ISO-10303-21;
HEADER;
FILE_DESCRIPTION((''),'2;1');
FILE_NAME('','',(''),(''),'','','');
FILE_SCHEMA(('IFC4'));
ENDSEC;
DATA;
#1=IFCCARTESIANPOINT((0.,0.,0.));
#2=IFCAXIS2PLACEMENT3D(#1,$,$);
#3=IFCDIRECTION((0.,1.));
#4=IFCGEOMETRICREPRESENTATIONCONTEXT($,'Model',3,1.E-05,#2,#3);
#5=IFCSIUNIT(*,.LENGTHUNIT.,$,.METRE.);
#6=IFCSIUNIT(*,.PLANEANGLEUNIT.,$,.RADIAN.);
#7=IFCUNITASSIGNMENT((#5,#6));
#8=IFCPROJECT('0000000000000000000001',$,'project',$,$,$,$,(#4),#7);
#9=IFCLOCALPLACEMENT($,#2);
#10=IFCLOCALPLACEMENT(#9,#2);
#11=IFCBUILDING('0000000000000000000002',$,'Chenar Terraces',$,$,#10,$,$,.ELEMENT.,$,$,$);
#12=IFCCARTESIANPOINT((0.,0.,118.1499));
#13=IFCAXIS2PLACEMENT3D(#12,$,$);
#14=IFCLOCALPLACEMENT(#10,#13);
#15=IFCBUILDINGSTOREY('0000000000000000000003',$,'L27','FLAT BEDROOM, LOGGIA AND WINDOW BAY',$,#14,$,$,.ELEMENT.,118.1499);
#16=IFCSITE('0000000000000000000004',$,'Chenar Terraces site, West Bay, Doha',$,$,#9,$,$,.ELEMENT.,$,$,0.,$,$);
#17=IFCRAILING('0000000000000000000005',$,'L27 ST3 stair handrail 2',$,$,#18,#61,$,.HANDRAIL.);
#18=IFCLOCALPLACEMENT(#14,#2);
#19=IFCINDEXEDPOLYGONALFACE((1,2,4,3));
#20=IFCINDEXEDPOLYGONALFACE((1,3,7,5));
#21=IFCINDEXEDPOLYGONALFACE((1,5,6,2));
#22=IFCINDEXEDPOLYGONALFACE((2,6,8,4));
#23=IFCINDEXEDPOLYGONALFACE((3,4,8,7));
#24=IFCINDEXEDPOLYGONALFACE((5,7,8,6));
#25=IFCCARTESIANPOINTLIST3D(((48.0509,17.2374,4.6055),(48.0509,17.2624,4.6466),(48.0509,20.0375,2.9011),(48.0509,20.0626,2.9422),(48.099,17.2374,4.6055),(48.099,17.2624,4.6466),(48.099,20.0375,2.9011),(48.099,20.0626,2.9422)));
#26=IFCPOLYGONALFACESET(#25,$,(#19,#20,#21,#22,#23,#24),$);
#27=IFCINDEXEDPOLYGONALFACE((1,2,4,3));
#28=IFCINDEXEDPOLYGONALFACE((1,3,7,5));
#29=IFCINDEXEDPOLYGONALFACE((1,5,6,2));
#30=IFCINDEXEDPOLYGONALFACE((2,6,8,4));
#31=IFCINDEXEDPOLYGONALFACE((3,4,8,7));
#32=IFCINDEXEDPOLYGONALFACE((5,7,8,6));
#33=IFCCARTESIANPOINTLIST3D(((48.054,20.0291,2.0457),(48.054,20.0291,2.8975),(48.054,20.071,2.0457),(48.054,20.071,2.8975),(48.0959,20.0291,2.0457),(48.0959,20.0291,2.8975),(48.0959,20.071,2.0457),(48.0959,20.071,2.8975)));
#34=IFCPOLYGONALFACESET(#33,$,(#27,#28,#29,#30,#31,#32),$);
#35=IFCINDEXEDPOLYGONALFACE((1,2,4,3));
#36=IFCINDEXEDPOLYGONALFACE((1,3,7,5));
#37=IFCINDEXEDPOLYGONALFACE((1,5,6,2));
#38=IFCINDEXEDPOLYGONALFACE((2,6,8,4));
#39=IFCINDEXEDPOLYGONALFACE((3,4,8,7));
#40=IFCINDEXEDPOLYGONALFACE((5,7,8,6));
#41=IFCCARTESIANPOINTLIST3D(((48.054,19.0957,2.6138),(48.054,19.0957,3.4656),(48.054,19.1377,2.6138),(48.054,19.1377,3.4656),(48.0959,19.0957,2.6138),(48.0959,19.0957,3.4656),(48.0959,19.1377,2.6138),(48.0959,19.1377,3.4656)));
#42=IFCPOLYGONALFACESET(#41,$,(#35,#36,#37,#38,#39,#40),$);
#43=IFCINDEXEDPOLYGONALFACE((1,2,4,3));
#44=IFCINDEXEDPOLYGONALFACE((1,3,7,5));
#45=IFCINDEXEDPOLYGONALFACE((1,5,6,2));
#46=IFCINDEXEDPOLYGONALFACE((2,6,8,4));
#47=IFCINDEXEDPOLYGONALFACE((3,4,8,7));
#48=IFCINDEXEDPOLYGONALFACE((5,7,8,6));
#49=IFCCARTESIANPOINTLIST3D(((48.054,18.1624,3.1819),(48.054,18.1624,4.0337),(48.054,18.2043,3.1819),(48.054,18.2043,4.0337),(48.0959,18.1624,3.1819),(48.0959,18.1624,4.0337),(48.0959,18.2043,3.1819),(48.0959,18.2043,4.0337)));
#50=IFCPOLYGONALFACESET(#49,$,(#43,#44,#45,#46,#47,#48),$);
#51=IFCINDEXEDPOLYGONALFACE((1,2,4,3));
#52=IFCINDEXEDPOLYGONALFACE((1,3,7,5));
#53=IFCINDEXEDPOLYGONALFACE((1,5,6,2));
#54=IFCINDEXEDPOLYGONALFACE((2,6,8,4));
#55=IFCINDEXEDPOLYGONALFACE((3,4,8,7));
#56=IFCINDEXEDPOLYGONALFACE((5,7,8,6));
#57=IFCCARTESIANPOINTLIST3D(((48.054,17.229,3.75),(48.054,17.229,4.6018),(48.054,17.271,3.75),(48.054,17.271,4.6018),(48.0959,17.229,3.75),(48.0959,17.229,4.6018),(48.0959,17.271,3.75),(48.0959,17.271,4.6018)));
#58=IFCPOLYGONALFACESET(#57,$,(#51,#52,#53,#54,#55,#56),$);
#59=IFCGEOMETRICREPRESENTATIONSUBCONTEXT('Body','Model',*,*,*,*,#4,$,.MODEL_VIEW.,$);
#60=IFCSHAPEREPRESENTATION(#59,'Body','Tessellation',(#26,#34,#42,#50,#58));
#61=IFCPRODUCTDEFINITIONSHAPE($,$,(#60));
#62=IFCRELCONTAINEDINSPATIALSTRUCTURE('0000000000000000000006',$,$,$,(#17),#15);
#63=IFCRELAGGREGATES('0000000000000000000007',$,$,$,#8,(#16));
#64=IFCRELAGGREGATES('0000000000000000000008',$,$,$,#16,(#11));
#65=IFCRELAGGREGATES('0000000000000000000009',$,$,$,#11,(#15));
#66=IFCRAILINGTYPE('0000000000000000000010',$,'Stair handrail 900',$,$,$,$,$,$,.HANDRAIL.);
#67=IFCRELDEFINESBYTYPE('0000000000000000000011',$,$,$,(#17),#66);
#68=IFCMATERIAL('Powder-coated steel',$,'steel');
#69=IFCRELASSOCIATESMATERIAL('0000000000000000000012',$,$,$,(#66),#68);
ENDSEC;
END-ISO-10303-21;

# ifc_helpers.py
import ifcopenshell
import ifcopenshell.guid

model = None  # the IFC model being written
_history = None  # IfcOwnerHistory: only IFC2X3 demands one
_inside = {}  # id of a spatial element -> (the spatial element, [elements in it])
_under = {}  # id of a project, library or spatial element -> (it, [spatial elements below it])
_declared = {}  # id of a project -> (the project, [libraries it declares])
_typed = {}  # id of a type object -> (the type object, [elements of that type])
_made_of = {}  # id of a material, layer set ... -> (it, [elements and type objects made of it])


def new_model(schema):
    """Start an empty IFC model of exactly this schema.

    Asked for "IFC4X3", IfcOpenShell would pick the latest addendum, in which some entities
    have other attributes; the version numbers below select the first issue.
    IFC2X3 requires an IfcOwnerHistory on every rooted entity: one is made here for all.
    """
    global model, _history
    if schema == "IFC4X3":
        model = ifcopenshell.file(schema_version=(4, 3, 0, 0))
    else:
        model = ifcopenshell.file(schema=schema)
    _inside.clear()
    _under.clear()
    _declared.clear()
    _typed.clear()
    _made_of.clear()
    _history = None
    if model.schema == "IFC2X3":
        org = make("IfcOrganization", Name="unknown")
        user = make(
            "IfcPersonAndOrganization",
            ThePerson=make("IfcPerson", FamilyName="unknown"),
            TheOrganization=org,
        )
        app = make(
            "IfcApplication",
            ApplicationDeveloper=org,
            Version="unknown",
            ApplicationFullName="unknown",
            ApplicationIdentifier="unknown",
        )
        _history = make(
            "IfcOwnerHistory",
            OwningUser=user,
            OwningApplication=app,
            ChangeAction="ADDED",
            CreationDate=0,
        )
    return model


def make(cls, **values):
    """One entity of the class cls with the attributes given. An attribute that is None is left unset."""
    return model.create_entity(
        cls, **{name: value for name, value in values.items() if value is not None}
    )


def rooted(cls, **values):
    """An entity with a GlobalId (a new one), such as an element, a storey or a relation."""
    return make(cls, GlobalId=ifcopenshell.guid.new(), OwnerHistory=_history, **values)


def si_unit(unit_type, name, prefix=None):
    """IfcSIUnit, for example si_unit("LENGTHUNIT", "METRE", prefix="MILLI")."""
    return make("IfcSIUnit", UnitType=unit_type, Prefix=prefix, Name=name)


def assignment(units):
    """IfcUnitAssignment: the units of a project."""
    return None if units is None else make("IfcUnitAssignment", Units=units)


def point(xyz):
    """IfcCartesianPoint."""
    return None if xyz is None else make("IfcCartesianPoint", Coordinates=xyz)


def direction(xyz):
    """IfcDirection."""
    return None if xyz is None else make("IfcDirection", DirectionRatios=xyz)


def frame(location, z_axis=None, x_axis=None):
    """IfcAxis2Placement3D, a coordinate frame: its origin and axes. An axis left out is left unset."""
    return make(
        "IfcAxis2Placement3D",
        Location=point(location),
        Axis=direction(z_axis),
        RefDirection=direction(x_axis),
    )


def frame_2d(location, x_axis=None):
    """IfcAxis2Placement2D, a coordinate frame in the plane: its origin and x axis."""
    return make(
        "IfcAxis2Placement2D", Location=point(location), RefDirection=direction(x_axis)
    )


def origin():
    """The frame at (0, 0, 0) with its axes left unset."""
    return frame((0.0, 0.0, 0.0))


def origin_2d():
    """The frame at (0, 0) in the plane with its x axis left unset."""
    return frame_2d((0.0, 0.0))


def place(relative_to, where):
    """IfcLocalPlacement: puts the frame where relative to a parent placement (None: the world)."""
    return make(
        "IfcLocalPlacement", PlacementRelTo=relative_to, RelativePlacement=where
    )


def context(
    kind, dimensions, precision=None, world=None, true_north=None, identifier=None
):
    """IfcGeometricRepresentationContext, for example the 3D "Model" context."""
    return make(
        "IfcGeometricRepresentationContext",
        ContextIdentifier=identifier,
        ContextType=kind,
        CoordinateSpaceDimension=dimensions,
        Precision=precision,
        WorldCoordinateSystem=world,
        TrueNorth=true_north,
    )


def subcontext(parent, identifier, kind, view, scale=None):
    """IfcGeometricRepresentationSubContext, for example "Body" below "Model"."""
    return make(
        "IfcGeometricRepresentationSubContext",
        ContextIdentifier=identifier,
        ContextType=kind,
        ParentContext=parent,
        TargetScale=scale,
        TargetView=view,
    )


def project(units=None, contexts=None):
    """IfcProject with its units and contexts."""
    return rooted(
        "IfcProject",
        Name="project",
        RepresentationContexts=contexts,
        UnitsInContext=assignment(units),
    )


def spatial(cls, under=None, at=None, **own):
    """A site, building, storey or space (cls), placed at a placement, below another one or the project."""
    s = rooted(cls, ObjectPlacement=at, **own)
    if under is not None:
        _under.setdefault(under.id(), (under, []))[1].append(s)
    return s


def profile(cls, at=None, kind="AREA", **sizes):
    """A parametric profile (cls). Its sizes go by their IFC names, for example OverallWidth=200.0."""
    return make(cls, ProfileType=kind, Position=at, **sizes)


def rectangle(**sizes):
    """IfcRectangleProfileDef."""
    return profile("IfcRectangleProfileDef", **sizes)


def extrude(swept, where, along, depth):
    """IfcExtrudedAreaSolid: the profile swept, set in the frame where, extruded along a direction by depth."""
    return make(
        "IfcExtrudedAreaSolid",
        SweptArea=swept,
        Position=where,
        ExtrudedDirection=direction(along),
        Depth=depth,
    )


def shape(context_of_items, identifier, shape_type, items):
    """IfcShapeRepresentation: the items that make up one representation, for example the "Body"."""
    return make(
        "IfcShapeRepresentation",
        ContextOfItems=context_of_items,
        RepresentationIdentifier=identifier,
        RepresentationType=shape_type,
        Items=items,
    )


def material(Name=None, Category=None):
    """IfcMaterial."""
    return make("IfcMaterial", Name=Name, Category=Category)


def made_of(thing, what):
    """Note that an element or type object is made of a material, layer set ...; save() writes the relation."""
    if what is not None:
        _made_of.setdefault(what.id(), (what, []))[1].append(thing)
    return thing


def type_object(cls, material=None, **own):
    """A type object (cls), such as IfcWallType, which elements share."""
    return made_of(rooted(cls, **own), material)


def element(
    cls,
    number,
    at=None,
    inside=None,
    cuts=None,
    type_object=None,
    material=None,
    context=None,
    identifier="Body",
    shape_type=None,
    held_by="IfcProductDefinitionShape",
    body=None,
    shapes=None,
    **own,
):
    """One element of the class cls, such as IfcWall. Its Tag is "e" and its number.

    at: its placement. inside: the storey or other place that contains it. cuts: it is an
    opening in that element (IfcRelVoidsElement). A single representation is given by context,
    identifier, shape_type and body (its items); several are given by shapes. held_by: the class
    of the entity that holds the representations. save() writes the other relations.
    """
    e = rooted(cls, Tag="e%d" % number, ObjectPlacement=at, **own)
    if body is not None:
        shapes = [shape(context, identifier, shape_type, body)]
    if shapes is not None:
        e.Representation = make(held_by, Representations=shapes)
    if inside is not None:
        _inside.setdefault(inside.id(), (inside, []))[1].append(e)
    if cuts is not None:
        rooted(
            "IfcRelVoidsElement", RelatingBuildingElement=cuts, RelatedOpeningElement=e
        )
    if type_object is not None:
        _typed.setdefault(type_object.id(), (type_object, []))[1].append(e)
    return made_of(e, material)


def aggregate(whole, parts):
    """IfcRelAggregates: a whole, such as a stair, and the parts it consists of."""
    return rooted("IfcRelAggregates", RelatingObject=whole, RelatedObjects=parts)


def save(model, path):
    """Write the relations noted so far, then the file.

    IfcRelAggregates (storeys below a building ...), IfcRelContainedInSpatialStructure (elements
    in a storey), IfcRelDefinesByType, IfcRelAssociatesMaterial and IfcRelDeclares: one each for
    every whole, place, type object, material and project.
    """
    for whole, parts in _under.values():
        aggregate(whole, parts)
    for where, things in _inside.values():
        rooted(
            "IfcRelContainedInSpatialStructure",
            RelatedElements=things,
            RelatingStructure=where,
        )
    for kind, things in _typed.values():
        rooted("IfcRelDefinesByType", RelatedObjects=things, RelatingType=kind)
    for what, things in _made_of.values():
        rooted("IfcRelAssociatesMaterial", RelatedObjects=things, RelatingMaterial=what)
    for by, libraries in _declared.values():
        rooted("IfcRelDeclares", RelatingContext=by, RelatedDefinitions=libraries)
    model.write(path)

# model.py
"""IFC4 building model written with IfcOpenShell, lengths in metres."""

from ifc_helpers import new_model, si_unit, direction, frame, origin, origin_2d, place, context, subcontext, project, spatial, rectangle, extrude, material, type_object, element, save


model = new_model("IFC4")

# Units and contexts
model_context = context("Model", 3, precision=1e-05, world=origin(), true_north=direction((0.0, 1.0)))
body_context = subcontext(model_context, "Body", "Model", "MODEL_VIEW")
ifc_project = project(units=[si_unit("LENGTHUNIT", "METRE"), si_unit("PLANEANGLEUNIT", "RADIAN")], contexts=[model_context])

# Site, building, storey
site_placement = place(None, origin())
site = spatial("IfcSite", under=ifc_project, at=site_placement, Name="Chenar Terraces site, West Bay, Doha", CompositionType="ELEMENT", RefElevation=0.0)
building_placement = place(site_placement, origin())
building = spatial("IfcBuilding", under=site, at=building_placement, Name="Chenar Terraces", CompositionType="ELEMENT")
storey_placement = place(building_placement, frame((0.0, 0.0, 118.1499)))
storey = spatial("IfcBuildingStorey", under=building, at=storey_placement, Name="L27", Description="FLAT BEDROOM, LOGGIA AND WINDOW BAY", CompositionType="ELEMENT", Elevation=118.1499)

# Railing
ifc_material_1 = material(Name="Powder-coated steel", Category="steel")
railing_type_1 = type_object("IfcRailingType", Name="Stair handrail 900", PredefinedType="HANDRAIL", material=ifc_material_1)
railing_1_placement = place(storey_placement, frame((48.075, 20.05, 2.0457)))
element("IfcRailing", 1, at=railing_1_placement, inside=storey, type_object=railing_type_1, Name="L27 ST3 stair handrail 2", PredefinedType="HANDRAIL", context=body_context, shape_type="SweptSolid", body=[
    extrude(rectangle(XDim=0.0481, YDim=0.0481, at=origin_2d()), frame((0.0, 0.0, 0.876), z_axis=(0.0, -0.854203, 0.51994), x_axis=(1.0, 0.0, 0.0)), (0.0, 0.0, 1.0), 3.2781),
    extrude(rectangle(XDim=0.042, YDim=0.042, at=origin_2d()), origin(), (0.0, 0.0, 1.0), 0.8518),
    extrude(rectangle(XDim=0.042, YDim=0.042, at=origin_2d()), frame((0.0, -0.9333, 0.5681)), (0.0, 0.0, 1.0), 0.8518),
    extrude(rectangle(XDim=0.042, YDim=0.042, at=origin_2d()), frame((0.0, -1.8667, 1.1362)), (0.0, 0.0, 1.0), 0.8518),
    extrude(rectangle(XDim=0.042, YDim=0.042, at=origin_2d()), frame((0.0, -2.8, 1.7043)), (0.0, 0.0, 1.0), 0.8518),
])

save(model, "model.ifc")
